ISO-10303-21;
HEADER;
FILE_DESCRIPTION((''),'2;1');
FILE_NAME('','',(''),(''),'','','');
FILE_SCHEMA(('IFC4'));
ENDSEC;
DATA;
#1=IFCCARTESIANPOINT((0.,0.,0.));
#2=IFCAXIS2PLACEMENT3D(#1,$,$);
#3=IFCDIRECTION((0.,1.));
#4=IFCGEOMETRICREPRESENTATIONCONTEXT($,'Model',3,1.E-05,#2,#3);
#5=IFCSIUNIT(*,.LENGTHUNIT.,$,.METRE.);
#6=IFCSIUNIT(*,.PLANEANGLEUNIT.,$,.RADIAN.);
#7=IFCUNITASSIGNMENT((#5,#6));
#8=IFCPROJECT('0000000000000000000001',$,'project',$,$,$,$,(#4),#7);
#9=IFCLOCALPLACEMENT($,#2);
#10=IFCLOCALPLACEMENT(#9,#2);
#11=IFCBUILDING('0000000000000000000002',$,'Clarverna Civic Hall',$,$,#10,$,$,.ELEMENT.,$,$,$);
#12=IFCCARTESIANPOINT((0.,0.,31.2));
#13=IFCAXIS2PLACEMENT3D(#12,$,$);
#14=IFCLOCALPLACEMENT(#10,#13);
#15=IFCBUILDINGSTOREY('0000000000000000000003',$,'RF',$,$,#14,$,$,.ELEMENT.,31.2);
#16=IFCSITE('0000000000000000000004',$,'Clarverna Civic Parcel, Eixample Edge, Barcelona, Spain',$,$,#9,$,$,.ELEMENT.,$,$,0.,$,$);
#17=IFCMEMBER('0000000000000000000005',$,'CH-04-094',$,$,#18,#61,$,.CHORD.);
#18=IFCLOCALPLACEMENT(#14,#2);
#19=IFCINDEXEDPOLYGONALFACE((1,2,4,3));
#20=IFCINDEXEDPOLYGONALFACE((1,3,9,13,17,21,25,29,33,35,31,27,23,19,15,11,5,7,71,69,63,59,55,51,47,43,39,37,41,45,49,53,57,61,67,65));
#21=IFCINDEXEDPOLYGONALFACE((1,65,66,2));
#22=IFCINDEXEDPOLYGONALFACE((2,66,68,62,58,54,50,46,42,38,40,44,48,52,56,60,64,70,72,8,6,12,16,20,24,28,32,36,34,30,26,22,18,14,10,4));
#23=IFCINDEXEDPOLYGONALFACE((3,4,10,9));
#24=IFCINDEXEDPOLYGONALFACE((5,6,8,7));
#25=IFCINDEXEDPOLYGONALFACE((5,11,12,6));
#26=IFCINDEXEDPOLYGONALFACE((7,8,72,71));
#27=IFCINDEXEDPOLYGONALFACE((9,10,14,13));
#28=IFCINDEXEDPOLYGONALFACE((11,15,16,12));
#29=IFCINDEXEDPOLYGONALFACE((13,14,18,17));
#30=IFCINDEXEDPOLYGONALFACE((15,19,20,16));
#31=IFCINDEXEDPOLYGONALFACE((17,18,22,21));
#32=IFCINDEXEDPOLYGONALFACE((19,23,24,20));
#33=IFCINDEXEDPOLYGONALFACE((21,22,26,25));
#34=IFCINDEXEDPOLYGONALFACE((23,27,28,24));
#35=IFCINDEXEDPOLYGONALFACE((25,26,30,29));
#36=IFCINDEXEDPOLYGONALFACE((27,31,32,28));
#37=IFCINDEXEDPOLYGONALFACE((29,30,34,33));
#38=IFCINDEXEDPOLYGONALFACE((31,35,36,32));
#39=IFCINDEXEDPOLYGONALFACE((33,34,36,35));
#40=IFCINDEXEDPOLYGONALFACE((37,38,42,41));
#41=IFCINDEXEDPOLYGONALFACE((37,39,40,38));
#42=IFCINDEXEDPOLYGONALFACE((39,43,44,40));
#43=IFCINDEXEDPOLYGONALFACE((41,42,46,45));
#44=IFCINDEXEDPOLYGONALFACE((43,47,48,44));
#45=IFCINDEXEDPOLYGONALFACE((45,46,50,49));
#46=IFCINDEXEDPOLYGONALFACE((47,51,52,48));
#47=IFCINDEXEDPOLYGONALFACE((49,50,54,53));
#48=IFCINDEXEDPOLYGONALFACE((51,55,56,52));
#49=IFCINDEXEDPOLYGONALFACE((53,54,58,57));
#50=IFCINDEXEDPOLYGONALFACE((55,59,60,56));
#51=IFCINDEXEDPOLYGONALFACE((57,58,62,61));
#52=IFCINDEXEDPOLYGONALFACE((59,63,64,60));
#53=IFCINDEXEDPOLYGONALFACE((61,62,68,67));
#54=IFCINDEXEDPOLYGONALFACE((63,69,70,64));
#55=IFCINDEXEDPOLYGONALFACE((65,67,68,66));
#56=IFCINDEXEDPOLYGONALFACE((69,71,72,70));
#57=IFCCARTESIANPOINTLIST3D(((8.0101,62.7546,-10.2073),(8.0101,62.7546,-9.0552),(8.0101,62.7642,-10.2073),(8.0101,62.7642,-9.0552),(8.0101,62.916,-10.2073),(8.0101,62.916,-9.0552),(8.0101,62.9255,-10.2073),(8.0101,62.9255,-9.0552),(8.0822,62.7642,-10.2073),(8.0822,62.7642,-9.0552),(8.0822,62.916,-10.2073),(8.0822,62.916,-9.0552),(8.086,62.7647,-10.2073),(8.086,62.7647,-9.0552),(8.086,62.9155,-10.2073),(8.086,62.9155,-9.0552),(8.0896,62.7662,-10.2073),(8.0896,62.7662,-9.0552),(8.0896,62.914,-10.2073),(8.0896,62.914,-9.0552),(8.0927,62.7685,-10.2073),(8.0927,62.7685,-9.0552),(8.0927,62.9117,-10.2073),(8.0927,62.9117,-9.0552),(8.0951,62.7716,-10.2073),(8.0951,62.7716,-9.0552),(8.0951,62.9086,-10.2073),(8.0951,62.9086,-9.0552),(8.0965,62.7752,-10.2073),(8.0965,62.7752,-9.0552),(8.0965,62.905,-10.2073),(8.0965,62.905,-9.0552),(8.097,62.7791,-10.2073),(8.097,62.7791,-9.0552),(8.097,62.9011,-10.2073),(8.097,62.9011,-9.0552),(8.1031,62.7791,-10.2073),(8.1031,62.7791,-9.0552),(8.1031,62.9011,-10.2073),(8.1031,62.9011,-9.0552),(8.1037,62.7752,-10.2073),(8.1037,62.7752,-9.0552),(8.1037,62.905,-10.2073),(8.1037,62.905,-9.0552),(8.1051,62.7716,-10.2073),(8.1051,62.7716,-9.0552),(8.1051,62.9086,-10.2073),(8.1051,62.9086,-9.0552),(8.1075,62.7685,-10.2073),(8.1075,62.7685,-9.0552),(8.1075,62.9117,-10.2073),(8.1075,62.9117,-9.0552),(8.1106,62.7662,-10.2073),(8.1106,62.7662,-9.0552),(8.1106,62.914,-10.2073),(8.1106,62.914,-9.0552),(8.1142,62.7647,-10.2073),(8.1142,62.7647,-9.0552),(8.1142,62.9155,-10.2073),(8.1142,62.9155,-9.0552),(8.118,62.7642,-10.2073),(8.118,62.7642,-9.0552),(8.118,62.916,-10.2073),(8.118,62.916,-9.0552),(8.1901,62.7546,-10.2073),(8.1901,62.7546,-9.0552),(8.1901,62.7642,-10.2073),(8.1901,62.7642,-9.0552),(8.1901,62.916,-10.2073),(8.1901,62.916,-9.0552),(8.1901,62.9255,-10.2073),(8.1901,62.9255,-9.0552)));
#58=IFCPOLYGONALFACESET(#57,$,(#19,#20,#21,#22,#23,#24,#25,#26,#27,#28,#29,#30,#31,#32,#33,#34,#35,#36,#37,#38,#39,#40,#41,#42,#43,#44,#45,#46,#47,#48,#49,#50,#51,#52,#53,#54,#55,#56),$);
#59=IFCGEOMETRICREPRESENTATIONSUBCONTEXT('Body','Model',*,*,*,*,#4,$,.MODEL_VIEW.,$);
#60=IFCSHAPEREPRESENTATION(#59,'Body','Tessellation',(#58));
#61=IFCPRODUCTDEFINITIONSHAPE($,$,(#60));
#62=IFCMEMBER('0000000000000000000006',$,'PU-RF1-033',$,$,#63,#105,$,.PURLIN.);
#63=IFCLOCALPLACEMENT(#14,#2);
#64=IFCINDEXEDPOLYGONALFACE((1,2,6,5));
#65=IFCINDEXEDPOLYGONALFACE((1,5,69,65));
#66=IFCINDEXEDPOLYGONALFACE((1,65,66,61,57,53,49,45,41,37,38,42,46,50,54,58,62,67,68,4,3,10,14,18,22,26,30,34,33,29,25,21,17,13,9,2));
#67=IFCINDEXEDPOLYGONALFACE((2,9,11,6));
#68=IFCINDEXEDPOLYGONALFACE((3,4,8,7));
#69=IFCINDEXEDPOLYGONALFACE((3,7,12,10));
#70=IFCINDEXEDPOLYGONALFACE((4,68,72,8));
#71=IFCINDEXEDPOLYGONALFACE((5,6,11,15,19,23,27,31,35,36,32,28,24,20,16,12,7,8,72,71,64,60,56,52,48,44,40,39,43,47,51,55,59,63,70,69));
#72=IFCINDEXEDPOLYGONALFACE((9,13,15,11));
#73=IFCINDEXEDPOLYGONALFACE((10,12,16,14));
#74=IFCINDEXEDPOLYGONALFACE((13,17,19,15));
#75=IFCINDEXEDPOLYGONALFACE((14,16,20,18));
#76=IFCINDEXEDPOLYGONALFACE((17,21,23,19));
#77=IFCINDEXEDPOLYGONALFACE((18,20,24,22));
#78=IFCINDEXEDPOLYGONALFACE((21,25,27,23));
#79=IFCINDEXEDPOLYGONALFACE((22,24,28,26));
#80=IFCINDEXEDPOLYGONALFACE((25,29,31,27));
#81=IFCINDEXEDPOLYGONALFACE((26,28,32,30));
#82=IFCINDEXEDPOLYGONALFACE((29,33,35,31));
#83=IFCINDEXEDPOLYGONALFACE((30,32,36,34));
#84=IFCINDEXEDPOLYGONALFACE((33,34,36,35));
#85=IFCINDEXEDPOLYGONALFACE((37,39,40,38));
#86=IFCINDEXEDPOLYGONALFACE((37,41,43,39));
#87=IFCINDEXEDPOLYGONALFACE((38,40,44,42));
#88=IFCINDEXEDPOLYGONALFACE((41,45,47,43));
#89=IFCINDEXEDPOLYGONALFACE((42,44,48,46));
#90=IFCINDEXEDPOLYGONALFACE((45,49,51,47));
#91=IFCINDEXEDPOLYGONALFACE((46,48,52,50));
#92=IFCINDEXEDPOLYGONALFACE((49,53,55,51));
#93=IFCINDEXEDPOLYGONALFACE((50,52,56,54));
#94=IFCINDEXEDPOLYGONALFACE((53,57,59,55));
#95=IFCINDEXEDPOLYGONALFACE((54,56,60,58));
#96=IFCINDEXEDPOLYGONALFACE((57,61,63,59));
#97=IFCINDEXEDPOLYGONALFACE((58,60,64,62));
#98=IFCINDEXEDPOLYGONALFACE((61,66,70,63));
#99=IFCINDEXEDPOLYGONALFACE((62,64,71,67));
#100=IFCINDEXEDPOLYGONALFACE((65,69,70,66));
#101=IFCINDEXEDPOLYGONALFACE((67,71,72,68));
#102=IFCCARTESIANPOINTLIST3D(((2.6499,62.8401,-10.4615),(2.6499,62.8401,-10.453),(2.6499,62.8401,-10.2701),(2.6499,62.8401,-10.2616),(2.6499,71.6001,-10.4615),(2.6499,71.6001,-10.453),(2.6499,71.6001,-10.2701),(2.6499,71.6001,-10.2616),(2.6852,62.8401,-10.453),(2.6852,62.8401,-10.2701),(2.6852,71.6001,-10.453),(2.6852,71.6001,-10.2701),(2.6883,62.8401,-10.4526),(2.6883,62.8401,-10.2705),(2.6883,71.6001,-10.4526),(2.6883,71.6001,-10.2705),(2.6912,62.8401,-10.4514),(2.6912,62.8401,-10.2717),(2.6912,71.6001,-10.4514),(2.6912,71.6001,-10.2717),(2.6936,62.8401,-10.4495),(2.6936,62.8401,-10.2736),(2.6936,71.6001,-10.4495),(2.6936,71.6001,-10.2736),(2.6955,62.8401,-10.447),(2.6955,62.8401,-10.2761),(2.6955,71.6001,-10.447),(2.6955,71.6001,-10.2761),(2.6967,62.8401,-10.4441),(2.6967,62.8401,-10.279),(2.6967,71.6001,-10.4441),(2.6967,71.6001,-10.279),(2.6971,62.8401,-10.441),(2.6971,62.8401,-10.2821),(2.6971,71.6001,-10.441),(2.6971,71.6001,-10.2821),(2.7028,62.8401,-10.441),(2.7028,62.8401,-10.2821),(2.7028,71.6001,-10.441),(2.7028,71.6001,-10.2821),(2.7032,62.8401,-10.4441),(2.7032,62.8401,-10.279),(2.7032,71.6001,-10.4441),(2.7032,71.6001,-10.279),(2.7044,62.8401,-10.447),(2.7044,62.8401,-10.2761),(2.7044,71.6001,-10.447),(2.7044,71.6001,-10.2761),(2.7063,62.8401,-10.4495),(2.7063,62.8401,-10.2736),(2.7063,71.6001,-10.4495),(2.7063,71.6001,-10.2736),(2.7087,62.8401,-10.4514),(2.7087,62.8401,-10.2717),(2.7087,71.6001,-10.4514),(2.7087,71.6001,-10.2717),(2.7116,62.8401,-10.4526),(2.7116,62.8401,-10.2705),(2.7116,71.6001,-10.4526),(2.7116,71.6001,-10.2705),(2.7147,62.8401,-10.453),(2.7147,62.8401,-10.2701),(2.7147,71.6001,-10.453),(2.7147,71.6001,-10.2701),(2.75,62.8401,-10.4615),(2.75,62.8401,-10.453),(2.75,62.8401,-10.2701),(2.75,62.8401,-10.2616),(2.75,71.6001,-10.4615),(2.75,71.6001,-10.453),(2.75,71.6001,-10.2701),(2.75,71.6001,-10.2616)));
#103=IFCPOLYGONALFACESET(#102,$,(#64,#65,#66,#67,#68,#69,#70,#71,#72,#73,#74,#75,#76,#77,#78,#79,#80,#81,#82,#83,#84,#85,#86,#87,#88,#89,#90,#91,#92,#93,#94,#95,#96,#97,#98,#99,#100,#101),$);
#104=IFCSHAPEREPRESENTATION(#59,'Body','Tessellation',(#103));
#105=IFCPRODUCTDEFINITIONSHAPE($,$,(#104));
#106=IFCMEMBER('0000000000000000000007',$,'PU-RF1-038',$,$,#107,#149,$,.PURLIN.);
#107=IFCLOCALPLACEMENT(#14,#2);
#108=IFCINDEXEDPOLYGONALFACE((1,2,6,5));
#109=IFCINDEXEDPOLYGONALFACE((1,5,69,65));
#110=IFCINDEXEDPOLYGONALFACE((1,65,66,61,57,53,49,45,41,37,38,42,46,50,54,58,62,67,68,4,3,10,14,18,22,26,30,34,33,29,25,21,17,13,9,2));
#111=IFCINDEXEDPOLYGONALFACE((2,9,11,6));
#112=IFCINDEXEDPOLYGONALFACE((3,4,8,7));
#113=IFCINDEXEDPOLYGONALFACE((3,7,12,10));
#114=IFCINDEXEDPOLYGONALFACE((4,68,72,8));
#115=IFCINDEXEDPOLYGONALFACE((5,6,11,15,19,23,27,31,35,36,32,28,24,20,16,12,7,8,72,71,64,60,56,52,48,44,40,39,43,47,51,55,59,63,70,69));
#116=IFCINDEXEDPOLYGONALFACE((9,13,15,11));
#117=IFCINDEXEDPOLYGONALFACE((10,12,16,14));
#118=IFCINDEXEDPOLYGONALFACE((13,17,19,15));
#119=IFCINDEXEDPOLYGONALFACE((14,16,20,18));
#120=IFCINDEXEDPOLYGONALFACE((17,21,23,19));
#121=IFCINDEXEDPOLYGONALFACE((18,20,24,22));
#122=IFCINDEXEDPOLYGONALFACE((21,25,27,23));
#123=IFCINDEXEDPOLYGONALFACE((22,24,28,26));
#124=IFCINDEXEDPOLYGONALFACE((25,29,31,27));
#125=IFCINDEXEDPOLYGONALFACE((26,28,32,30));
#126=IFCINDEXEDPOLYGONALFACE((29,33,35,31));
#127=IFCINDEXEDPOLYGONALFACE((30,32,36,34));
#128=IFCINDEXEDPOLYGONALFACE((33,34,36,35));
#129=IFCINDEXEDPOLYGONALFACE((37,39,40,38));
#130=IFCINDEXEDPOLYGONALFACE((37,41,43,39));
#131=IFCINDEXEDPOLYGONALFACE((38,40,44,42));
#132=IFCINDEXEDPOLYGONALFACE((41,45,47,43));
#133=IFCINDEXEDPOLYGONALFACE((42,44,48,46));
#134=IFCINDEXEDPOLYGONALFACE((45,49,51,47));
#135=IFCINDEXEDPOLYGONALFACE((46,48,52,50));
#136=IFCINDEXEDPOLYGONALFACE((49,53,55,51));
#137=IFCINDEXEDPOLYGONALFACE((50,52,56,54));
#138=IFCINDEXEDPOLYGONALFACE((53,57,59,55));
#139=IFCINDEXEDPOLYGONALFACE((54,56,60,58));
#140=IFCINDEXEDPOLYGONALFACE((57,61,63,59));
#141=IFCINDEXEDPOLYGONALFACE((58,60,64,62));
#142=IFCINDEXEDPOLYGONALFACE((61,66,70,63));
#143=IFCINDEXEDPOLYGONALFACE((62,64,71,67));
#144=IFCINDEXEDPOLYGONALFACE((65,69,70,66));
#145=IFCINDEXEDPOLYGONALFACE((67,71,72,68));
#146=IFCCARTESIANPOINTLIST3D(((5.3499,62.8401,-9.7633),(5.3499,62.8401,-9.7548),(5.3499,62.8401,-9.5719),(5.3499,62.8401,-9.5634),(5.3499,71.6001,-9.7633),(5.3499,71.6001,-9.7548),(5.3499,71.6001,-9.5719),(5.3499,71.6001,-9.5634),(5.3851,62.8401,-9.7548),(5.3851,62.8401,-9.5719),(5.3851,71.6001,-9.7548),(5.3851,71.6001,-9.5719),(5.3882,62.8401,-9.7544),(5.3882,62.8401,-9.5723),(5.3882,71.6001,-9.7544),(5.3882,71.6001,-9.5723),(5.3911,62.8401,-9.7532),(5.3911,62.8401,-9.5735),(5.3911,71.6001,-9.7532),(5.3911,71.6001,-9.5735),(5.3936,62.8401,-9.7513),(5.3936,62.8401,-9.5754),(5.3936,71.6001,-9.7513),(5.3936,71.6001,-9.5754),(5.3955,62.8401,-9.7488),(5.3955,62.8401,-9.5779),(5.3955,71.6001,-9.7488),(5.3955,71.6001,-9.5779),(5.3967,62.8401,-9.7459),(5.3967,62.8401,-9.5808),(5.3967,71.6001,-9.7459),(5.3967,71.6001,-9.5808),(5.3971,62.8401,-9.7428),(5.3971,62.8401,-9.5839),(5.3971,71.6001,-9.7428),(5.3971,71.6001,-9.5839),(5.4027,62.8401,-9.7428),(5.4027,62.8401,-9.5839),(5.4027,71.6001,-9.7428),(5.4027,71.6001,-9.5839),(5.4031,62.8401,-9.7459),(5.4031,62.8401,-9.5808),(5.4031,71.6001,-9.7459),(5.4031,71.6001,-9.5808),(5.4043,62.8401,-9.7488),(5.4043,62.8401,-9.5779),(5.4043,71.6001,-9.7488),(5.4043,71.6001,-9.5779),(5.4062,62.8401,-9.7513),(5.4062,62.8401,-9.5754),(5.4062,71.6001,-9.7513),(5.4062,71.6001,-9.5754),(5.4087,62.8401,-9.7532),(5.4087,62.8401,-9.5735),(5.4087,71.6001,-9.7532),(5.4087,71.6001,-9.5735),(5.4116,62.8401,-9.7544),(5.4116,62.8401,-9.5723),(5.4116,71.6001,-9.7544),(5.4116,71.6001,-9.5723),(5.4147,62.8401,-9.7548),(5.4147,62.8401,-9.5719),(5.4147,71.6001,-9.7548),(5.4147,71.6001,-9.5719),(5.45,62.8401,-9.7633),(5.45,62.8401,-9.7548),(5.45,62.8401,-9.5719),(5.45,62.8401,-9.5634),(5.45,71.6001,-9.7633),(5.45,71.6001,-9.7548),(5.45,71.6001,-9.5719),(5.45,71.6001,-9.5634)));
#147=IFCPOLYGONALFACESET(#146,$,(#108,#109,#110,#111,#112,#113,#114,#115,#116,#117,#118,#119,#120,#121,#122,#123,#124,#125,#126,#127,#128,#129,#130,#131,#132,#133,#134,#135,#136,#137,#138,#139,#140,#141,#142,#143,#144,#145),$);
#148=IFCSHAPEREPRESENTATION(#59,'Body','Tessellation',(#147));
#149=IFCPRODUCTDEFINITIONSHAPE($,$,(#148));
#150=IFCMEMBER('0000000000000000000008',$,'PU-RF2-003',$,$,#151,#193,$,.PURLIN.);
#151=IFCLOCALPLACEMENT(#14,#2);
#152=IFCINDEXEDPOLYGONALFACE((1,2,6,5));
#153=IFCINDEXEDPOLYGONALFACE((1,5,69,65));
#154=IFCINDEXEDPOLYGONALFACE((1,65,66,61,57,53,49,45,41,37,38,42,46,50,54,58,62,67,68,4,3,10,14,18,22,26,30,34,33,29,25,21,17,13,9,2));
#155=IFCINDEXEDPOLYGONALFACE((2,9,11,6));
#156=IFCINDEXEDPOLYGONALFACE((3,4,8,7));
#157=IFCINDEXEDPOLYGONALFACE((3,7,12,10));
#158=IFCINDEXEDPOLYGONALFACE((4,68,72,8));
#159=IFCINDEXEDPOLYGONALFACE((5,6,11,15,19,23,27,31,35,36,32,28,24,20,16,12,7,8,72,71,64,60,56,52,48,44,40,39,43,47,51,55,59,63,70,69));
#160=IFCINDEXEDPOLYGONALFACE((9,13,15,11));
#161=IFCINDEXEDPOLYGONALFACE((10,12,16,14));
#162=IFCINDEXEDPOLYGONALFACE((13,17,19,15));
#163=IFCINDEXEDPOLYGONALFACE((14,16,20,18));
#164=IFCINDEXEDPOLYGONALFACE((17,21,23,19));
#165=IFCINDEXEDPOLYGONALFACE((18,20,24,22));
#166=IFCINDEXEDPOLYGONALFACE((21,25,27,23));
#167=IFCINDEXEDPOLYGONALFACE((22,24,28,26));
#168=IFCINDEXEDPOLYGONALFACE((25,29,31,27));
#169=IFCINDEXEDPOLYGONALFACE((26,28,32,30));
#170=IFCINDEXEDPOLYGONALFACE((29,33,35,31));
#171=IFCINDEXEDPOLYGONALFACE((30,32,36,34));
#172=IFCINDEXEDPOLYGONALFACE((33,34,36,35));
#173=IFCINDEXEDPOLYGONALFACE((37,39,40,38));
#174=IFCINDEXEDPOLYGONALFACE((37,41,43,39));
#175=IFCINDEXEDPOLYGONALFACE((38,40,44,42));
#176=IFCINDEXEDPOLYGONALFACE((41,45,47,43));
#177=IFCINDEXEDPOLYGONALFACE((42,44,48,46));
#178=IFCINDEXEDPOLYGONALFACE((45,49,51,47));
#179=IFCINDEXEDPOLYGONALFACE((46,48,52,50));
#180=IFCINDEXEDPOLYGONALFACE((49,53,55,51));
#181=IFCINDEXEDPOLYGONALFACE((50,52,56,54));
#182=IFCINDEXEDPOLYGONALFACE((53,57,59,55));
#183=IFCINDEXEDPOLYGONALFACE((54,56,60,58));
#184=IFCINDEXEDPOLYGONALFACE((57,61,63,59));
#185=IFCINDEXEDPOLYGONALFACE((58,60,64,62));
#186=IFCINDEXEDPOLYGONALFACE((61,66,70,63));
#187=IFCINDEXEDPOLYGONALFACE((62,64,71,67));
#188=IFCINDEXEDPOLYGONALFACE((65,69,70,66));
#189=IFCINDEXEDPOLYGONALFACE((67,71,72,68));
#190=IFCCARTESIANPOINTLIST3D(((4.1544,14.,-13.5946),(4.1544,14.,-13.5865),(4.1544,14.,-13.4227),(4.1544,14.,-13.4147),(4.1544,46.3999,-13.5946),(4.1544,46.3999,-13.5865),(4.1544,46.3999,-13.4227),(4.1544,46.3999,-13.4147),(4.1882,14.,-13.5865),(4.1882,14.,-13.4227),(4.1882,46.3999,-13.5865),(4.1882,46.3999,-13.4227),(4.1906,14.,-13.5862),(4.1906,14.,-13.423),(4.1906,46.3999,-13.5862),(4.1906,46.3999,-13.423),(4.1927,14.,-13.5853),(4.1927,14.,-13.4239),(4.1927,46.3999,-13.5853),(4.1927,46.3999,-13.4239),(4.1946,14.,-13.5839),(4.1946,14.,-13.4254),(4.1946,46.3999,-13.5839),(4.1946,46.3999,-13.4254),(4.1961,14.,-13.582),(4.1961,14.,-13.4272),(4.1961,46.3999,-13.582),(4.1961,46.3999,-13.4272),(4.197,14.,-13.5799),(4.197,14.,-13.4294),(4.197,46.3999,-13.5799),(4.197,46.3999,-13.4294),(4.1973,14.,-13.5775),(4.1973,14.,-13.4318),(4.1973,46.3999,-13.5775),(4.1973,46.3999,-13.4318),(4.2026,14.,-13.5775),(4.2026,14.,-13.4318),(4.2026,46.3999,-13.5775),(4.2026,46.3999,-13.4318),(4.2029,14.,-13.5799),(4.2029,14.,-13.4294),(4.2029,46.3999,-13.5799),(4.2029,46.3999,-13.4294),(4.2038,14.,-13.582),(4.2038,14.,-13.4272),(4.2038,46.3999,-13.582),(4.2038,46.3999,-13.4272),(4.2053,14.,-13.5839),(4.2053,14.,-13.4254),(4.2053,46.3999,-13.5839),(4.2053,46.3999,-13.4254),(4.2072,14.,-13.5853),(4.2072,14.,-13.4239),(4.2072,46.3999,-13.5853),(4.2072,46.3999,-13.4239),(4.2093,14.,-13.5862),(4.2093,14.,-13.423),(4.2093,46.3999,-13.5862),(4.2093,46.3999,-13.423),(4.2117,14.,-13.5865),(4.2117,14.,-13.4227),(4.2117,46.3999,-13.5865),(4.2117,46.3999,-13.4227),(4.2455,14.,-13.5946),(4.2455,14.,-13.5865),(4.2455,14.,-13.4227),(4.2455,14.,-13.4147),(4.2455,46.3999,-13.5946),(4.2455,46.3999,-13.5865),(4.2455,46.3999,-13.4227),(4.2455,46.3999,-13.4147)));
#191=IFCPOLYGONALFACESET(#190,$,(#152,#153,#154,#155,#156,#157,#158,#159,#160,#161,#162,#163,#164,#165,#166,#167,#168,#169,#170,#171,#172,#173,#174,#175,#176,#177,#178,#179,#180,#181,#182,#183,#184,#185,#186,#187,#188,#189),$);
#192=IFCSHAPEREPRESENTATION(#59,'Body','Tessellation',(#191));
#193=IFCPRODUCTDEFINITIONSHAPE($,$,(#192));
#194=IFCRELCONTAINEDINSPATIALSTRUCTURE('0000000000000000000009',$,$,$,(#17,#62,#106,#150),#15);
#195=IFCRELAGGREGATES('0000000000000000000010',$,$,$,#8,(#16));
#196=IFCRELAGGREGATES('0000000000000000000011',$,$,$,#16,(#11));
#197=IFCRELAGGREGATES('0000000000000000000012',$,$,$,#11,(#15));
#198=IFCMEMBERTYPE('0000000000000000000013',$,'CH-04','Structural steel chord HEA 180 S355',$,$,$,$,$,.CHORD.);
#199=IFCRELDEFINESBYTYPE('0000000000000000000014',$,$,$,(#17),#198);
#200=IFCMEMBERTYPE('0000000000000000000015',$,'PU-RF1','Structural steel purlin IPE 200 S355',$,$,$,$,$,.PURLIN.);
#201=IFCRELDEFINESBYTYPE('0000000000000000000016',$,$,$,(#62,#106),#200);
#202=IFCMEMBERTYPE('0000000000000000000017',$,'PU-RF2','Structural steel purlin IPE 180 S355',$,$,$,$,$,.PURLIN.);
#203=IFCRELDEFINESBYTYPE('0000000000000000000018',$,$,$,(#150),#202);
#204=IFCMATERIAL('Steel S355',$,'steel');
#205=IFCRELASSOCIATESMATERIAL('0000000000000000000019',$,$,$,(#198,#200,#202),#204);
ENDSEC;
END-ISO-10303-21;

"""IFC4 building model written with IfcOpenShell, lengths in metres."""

from ifc_helpers import new_model, si_unit, direction, frame, origin, origin_2d, place, context, subcontext, project, spatial, i_section, extrude, material, material_profile, profile_set, type_object, element, save


model = new_model("IFC4")

# Units and contexts
model_context = context("Model", 3, precision=1e-05, world=origin(), true_north=direction((0.0, 1.0)))
body_context = subcontext(model_context, "Body", "Model", "MODEL_VIEW")
ifc_project = project(units=[si_unit("LENGTHUNIT", "METRE"), si_unit("PLANEANGLEUNIT", "RADIAN")], contexts=[model_context])

# Site, building, storey
site_placement = place(None, origin())
site = spatial("IfcSite", under=ifc_project, at=site_placement, Name="Clarverna Civic Parcel, Eixample Edge, Barcelona, Spain", CompositionType="ELEMENT", RefElevation=0.0)
building_placement = place(site_placement, origin())
building = spatial("IfcBuilding", under=site, at=building_placement, Name="Clarverna Civic Hall", CompositionType="ELEMENT")
storey_placement = place(building_placement, frame((0.0, 0.0, 31.2)))
storey = spatial("IfcBuildingStorey", under=building, at=storey_placement, Name="RF", CompositionType="ELEMENT", Elevation=31.2)

# Members
ifc_material_1 = material(Name="Steel S355", Category="steel")
ifc_material_profile_1 = material_profile(ifc_material_1, i_section(OverallWidth=0.1799, OverallDepth=0.1709, WebThickness=0.0061, FlangeThickness=0.0095, FilletRadius=0.0149, at=origin_2d()), Name="HEA 180")
ifc_profile_set_1 = profile_set([ifc_material_profile_1], Name="Steel S355")
member_type_1 = type_object("IfcMemberType", Name="CH-04", Description="Structural steel chord HEA 180 S355", PredefinedType="CHORD", material=ifc_profile_set_1)
member_1_placement = place(storey_placement, frame((8.1001, 62.8401, -10.2073), z_axis=(0.0, 0.0, 1.0), x_axis=(1.0, 0.0, 0.0)))
element("IfcMember", 1, at=member_1_placement, inside=storey, type_object=member_type_1, Name="CH-04-094", PredefinedType="CHORD", context=body_context, shape_type="SweptSolid", body=[
    extrude(i_section(OverallWidth=0.1799, OverallDepth=0.1709, WebThickness=0.0061, FlangeThickness=0.0095, FilletRadius=0.0149, at=origin_2d()), origin(), (0.0, 0.0, 1.0), 1.1521),
])
ifc_material_profile_2 = material_profile(ifc_material_1, i_section(OverallWidth=0.1001, OverallDepth=0.2, WebThickness=0.0056, FlangeThickness=0.0085, FilletRadius=0.012, at=origin_2d()), Name="IPE 200")
ifc_profile_set_2 = profile_set([ifc_material_profile_2], Name="Steel S355")
member_type_2 = type_object("IfcMemberType", Name="PU-RF1", Description="Structural steel purlin IPE 200 S355", PredefinedType="PURLIN", material=ifc_profile_set_2)
for number, where, z_axis, x_axis, name in (
    (2, (2.7, 62.8401, -10.3616), (0.0, 1.0, 0.0), (-1.0, 0.0, 0.0), "PU-RF1-033"),
    (3, (5.3999, 62.8401, -9.6633), (0.0, 1.0, 0.0), (-1.0, 0.0, 0.0), "PU-RF1-038"),
):
    element("IfcMember", number, at=place(storey_placement, frame(where, z_axis=z_axis, x_axis=x_axis)), inside=storey, type_object=member_type_2, Name=name, PredefinedType="PURLIN", context=body_context, shape_type="SweptSolid", body=[
        extrude(i_section(OverallWidth=0.1001, OverallDepth=0.2, WebThickness=0.0056, FlangeThickness=0.0085, FilletRadius=0.012, at=origin_2d()), origin(), (0.0, 0.0, 1.0), 8.76),
    ])
ifc_material_profile_3 = material_profile(ifc_material_1, i_section(OverallWidth=0.0911, OverallDepth=0.1799, WebThickness=0.0054, FlangeThickness=0.0081, FilletRadius=0.009, at=origin_2d()), Name="IPE 180")
ifc_profile_set_3 = profile_set([ifc_material_profile_3], Name="Steel S355")
member_type_3 = type_object("IfcMemberType", Name="PU-RF2", Description="Structural steel purlin IPE 180 S355", PredefinedType="PURLIN", material=ifc_profile_set_3)
member_2_placement = place(storey_placement, frame((4.2, 14.0, -13.5046), z_axis=(0.0, 1.0, 0.0), x_axis=(-1.0, 0.0, 0.0)))
element("IfcMember", 4, at=member_2_placement, inside=storey, type_object=member_type_3, Name="PU-RF2-003", PredefinedType="PURLIN", context=body_context, shape_type="SweptSolid", body=[
    extrude(i_section(OverallWidth=0.0911, OverallDepth=0.1799, WebThickness=0.0054, FlangeThickness=0.0081, FilletRadius=0.009, at=origin_2d()), origin(), (0.0, 0.0, 1.0), 32.3999),
])

save(model, "model.ifc")
